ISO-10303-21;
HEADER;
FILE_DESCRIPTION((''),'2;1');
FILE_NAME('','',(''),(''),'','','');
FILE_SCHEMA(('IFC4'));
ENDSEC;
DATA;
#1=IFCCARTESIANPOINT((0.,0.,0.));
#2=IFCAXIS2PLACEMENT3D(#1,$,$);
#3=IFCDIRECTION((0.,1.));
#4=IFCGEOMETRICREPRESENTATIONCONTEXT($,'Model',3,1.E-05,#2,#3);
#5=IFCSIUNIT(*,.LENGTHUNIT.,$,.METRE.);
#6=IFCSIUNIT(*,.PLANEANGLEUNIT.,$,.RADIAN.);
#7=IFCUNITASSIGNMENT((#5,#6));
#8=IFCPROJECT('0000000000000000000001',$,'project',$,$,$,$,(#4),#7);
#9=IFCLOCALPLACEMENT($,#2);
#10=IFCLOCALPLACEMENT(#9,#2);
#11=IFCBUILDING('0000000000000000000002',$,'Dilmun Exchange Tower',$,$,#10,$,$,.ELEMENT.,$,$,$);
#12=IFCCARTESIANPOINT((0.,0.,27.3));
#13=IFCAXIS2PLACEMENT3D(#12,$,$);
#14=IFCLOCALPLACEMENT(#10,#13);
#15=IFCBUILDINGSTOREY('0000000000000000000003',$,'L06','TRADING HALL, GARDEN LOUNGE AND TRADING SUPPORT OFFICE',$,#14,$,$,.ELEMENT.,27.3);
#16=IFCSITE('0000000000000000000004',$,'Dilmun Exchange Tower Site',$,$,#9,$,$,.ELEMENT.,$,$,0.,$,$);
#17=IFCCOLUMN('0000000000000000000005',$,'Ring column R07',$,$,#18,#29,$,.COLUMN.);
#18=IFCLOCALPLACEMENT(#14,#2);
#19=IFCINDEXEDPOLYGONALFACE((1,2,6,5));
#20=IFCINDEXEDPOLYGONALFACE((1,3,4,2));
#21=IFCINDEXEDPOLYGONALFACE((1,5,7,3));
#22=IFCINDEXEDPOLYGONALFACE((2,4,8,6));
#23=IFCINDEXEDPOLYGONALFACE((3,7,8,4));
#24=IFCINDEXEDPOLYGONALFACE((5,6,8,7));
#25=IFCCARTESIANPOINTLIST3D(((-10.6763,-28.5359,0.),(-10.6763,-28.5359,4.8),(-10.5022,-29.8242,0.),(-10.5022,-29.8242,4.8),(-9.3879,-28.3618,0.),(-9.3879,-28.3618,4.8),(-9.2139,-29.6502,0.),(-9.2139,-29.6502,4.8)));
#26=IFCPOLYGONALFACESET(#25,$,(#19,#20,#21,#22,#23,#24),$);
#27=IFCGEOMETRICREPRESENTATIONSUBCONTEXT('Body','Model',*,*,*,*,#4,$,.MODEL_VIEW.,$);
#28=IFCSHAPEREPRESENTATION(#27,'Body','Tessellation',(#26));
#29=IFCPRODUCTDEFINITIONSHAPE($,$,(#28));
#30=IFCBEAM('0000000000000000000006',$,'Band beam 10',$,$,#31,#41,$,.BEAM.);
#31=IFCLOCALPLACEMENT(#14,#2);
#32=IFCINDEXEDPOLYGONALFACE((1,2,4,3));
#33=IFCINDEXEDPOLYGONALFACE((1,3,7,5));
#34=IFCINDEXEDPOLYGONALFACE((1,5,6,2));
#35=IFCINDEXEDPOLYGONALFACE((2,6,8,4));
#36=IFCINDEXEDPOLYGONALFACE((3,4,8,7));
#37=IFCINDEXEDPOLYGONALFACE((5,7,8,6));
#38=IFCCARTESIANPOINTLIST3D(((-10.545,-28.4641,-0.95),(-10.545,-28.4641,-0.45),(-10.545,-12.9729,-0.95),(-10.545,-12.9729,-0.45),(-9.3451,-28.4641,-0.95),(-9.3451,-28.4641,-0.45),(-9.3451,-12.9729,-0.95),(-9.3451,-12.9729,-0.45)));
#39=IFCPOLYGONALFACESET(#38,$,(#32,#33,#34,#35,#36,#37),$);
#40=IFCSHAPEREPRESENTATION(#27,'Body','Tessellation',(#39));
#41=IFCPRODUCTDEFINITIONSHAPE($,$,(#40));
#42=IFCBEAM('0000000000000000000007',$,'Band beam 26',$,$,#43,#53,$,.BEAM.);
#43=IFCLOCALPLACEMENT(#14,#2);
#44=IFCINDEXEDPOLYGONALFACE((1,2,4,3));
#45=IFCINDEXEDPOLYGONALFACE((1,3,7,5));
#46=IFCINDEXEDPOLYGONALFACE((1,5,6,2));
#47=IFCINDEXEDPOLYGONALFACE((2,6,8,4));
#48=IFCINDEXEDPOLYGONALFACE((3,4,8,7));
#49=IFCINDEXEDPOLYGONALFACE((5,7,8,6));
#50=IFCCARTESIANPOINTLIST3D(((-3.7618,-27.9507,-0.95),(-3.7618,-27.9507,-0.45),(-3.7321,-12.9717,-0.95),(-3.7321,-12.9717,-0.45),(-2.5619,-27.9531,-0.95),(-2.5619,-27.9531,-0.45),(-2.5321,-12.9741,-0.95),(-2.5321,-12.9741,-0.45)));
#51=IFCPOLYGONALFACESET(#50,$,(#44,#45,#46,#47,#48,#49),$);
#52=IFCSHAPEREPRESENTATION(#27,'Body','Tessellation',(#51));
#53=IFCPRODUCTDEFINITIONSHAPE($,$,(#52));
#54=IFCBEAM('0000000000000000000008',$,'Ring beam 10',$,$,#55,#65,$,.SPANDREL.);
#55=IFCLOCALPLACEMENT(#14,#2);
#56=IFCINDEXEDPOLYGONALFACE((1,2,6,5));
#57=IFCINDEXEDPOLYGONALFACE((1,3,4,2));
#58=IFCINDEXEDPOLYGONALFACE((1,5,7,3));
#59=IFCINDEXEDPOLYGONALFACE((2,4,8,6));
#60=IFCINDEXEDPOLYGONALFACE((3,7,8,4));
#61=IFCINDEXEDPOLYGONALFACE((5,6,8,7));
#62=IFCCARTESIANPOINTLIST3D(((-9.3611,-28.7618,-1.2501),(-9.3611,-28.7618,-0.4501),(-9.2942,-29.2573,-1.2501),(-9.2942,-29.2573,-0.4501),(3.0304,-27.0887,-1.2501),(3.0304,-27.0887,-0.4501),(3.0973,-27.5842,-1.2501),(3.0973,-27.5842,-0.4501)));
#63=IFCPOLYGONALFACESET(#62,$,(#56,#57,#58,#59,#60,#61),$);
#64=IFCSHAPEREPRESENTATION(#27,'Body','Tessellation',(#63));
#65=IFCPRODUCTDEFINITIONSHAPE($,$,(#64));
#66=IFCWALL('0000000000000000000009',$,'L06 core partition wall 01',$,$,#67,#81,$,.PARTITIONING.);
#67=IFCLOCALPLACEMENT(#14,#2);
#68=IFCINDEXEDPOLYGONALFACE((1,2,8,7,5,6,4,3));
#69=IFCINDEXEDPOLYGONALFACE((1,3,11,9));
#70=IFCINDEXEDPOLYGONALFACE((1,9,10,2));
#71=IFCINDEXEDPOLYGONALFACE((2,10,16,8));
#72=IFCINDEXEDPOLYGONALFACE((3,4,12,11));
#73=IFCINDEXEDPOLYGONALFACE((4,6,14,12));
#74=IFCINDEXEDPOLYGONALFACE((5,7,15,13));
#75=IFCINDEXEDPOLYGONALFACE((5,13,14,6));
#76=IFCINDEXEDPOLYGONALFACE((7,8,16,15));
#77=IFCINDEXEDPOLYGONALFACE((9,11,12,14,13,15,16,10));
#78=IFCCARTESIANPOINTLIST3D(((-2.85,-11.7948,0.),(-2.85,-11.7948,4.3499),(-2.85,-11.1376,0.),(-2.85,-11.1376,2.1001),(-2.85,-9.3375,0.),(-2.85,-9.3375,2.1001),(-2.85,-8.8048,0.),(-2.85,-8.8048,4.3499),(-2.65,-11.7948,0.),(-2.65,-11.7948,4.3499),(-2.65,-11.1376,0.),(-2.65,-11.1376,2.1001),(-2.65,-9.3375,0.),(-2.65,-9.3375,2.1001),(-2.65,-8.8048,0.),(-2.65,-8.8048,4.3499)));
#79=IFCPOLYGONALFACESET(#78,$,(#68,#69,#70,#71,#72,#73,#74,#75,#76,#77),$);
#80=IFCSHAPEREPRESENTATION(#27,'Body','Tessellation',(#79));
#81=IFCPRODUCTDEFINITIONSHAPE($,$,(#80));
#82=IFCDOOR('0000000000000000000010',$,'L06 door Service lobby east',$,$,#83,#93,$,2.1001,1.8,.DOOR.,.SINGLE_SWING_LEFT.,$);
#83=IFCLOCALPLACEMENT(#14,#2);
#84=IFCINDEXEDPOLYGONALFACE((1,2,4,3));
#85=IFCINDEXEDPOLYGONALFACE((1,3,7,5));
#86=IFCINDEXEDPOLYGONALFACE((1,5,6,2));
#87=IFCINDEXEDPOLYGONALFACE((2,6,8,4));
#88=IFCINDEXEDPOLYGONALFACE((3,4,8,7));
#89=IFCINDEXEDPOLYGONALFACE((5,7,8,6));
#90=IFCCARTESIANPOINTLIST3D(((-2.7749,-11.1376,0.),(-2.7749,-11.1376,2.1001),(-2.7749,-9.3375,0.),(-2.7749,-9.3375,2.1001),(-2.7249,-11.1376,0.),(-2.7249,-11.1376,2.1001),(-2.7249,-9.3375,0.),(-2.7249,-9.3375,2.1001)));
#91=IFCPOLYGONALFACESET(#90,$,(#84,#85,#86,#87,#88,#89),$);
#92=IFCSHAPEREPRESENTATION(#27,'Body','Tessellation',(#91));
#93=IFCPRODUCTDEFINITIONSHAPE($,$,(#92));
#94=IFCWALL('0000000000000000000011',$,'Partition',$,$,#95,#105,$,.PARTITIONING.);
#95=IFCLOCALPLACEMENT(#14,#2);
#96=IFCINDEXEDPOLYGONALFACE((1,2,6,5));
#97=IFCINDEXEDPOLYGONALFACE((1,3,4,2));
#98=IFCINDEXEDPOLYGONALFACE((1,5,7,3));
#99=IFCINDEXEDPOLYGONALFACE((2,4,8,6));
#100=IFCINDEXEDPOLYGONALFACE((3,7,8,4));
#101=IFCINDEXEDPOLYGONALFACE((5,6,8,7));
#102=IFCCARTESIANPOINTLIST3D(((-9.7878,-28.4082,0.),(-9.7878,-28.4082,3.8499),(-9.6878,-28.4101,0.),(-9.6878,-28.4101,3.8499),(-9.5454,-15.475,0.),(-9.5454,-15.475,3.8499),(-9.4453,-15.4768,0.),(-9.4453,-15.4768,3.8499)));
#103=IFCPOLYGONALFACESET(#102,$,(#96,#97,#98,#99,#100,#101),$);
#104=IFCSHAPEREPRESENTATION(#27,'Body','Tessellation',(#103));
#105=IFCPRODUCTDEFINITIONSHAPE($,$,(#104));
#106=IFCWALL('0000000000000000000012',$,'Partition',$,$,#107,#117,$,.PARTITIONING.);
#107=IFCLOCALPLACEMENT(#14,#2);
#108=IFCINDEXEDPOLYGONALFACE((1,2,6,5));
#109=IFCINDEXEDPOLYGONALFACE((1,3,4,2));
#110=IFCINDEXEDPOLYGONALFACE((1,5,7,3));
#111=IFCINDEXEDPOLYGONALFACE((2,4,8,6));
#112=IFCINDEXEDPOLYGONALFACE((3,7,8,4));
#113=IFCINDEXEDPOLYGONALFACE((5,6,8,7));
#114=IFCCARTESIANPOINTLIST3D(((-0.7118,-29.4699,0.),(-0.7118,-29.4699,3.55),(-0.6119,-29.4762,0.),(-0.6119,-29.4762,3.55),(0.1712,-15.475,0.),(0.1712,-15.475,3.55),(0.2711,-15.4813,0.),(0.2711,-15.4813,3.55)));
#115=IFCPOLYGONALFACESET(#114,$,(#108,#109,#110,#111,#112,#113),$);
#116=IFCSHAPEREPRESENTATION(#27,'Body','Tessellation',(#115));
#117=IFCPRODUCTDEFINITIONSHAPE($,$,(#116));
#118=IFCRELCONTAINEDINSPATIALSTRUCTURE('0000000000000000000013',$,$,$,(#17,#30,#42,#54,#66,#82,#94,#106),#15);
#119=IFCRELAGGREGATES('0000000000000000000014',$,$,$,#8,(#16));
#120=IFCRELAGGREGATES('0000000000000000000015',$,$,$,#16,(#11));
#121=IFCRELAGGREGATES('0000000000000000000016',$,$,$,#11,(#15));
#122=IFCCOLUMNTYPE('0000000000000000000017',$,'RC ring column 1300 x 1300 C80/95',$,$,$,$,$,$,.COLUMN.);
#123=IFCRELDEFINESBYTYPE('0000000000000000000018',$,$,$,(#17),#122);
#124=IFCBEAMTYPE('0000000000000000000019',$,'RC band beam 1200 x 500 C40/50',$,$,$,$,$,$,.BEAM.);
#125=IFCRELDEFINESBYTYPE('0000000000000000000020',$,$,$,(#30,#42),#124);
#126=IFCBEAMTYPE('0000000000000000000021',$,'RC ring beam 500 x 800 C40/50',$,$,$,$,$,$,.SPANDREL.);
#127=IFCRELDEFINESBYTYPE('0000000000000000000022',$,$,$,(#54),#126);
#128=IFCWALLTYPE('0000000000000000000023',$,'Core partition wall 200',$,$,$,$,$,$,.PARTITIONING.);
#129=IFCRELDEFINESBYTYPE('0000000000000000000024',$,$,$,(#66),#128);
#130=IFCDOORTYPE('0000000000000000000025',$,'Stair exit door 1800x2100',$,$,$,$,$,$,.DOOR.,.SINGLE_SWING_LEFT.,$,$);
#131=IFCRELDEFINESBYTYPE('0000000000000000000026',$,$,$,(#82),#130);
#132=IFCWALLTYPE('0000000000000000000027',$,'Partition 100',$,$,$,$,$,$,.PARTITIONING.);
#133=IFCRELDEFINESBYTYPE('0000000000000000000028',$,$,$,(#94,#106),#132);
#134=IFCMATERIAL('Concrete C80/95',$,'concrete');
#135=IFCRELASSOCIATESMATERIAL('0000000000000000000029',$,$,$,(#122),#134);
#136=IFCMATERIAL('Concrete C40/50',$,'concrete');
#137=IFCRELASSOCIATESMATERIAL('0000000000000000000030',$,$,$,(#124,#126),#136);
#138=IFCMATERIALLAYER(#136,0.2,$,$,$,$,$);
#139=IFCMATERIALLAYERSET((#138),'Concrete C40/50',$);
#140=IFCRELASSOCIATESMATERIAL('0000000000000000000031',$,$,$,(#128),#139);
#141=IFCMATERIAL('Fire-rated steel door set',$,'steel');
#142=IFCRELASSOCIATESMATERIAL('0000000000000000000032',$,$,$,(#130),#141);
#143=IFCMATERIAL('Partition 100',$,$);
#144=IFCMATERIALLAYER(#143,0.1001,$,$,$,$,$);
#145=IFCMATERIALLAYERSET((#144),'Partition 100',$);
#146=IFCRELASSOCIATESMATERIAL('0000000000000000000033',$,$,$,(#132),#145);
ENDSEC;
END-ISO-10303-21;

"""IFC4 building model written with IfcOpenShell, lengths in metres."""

from ifc_helpers import new_model, si_unit, direction, frame, frame_2d, origin, origin_2d, place, context, subcontext, project, spatial, rectangle, extrude, material, layer, layer_set, material_profile, profile_set, type_object, element, fill, save


model = new_model("IFC4")

# Units and contexts
model_context = context("Model", 3, precision=1e-05, world=origin(), true_north=direction((0.0, 1.0)))
body_context = subcontext(model_context, "Body", "Model", "MODEL_VIEW")
ifc_project = project(units=[si_unit("LENGTHUNIT", "METRE"), si_unit("PLANEANGLEUNIT", "RADIAN")], contexts=[model_context])

# Site, building, storey
site_placement = place(None, origin())
site = spatial("IfcSite", under=ifc_project, at=site_placement, Name="Dilmun Exchange Tower Site", CompositionType="ELEMENT", RefElevation=0.0)
building_placement = place(site_placement, origin())
building = spatial("IfcBuilding", under=site, at=building_placement, Name="Dilmun Exchange Tower", CompositionType="ELEMENT")
storey_placement = place(building_placement, frame((0.0, 0.0, 27.3)))
storey = spatial("IfcBuildingStorey", under=building, at=storey_placement, Name="L06", Description="TRADING HALL, GARDEN LOUNGE AND TRADING SUPPORT OFFICE", CompositionType="ELEMENT", Elevation=27.3)

# Column
ifc_material_1 = material(Name="Concrete C80/95", Category="concrete")
ifc_material_profile_1 = material_profile(ifc_material_1, rectangle(XDim=1.3, YDim=1.3, at=origin_2d()), Name="1300 x 1300")
ifc_profile_set_1 = profile_set([ifc_material_profile_1], Name="Concrete C80/95")
column_type = type_object("IfcColumnType", Name="RC ring column 1300 x 1300 C80/95", PredefinedType="COLUMN", material=ifc_profile_set_1)
column_placement = place(storey_placement, frame((-9.9451, -29.093, 0.0), z_axis=(0.0, 0.0, 1.0), x_axis=(0.991001, 0.133853, 0.0)))
element("IfcColumn", 1, at=column_placement, inside=storey, type_object=column_type, Name="Ring column R07", PredefinedType="COLUMN", context=body_context, shape_type="SweptSolid", body=[
    extrude(rectangle(XDim=1.3, YDim=1.3, at=origin_2d()), origin(), (0.0, 0.0, 1.0), 4.8),
])

# Beams
ifc_material_2 = material(Name="Concrete C40/50", Category="concrete")
ifc_material_profile_2 = material_profile(ifc_material_2, rectangle(XDim=1.2, YDim=0.5, at=origin_2d()), Name="1200 x 500")
ifc_profile_set_2 = profile_set([ifc_material_profile_2], Name="Concrete C40/50")
beam_type_1 = type_object("IfcBeamType", Name="RC band beam 1200 x 500 C40/50", PredefinedType="BEAM", material=ifc_profile_set_2)
beam_1_placement = place(storey_placement, frame((-9.9451, -28.4641, -0.7), z_axis=(0.0, 1.0, 0.0), x_axis=(-1.0, 0.0, 0.0)))
element("IfcBeam", 2, at=beam_1_placement, inside=storey, type_object=beam_type_1, Name="Band beam 10", PredefinedType="BEAM", context=body_context, shape_type="SweptSolid", body=[
    extrude(rectangle(XDim=1.2, YDim=0.5, at=origin_2d()), origin(), (0.0, 0.0, 1.0), 15.4912),
])
beam_2_placement = place(storey_placement, frame((-3.1619, -27.9519, -0.7), z_axis=(0.001988, 0.999998, 0.0), x_axis=(-0.999998, 0.001988, 0.0)))
element("IfcBeam", 3, at=beam_2_placement, inside=storey, type_object=beam_type_1, Name="Band beam 26", PredefinedType="BEAM", context=body_context, shape_type="SweptSolid", body=[
    extrude(rectangle(XDim=1.2, YDim=0.5, at=origin_2d()), origin(), (0.0, 0.0, 1.0), 14.979),
])
ifc_material_profile_3 = material_profile(ifc_material_2, rectangle(XDim=0.5, YDim=0.8, at=origin_2d()), Name="500 x 800")
ifc_profile_set_3 = profile_set([ifc_material_profile_3], Name="Concrete C40/50")
beam_type_2 = type_object("IfcBeamType", Name="RC ring beam 500 x 800 C40/50", PredefinedType="SPANDREL", material=ifc_profile_set_3)
beam_3_placement = place(storey_placement, frame((-9.3276, -29.0095, -0.8501), z_axis=(0.991007, 0.133807, 0.0), x_axis=(-0.133807, 0.991007, 0.0)))
element("IfcBeam", 4, at=beam_3_placement, inside=storey, type_object=beam_type_2, Name="Ring beam 10", PredefinedType="SPANDREL", context=body_context, shape_type="SweptSolid", body=[
    extrude(rectangle(XDim=0.5, YDim=0.8, at=origin_2d()), origin(), (0.0, 0.0, 1.0), 12.5039),
])

# Wall, opening, door
ifc_layer_1 = layer(ifc_material_2, 0.2)
ifc_layer_set_1 = layer_set([ifc_layer_1], Name="Concrete C40/50")
wall_type_1 = type_object("IfcWallType", Name="Core partition wall 200", PredefinedType="PARTITIONING", material=ifc_layer_set_1)
wall_1_placement = place(storey_placement, frame((-2.75, -11.7949, 0.0), z_axis=(0.0, 0.0, 1.0), x_axis=(0.0, 1.0, 0.0)))
wall_1 = element("IfcWall", 5, at=wall_1_placement, inside=storey, type_object=wall_type_1, Name="L06 core partition wall 01", PredefinedType="PARTITIONING", context=body_context, shape_type="SweptSolid", body=[
    extrude(rectangle(XDim=2.99, YDim=0.2, at=frame_2d((1.4951, 0.0))), origin(), (0.0, 0.0, 1.0), 4.3499),
])
opening_placement = place(wall_1_placement, frame((0.6575, 0.0, 0.0)))
opening = element("IfcOpeningElement", 6, at=opening_placement, cuts=wall_1, PredefinedType="OPENING", context=body_context, shape_type="SweptSolid", body=[
    extrude(rectangle(XDim=1.8, YDim=2.1001, at=frame_2d((0.8999, 1.05))), frame((0.0, 0.1099, 0.0), z_axis=(0.0, -1.0, 0.0), x_axis=(1.0, 0.0, 0.0)), (0.0, 0.0, 1.0), 0.22),
])
ifc_material_3 = material(Name="Fire-rated steel door set", Category="steel")
door_type = type_object("IfcDoorType", Name="Stair exit door 1800x2100", OperationType="SINGLE_SWING_LEFT", PredefinedType="DOOR", material=ifc_material_3)
door_placement = place(opening_placement, origin())
door = element("IfcDoor", 7, at=door_placement, inside=storey, type_object=door_type, Name="L06 door Service lobby east", OperationType="SINGLE_SWING_LEFT", OverallHeight=2.1001, OverallWidth=1.8, PredefinedType="DOOR", context=body_context, shape_type="SweptSolid", body=[
    extrude(rectangle(XDim=1.8, YDim=2.1001, at=frame_2d((0.8999, 1.05))), frame((0.0, 0.0249, 0.0), z_axis=(0.0, -1.0, 0.0), x_axis=(1.0, 0.0, 0.0)), (0.0, 0.0, 1.0), 0.05),
])
fill(opening, door)

# Walls
ifc_material_4 = material(Name="Partition 100")
ifc_layer_2 = layer(ifc_material_4, 0.1001)
ifc_layer_set_2 = layer_set([ifc_layer_2], Name="Partition 100")
wall_type_2 = type_object("IfcWallType", Name="Partition 100", PredefinedType="PARTITIONING", material=ifc_layer_set_2)
wall_2_placement = place(storey_placement, frame((-9.7378, -28.4092, 0.0), z_axis=(0.0, 0.0, 1.0), x_axis=(0.018741, 0.999824, 0.0)))
element("IfcWall", 8, at=wall_2_placement, inside=storey, type_object=wall_type_2, Name="Partition", PredefinedType="PARTITIONING", context=body_context, shape_type="SweptSolid", body=[
    extrude(rectangle(XDim=12.9355, YDim=0.1001, at=frame_2d((6.4678, 0.0))), origin(), (0.0, 0.0, 1.0), 3.8499),
])
wall_3_placement = place(storey_placement, frame((-0.6619, -29.4729, 0.0), z_axis=(0.0, 0.0, 1.0), x_axis=(0.062973, 0.998015, 0.0)))
element("IfcWall", 9, at=wall_3_placement, inside=storey, type_object=wall_type_2, Name="Partition", PredefinedType="PARTITIONING", context=body_context, shape_type="SweptSolid", body=[
    extrude(rectangle(XDim=14.0227, YDim=0.1001, at=frame_2d((7.0112, 0.0))), origin(), (0.0, 0.0, 1.0), 3.55),
])

save(model, "model.ifc")
